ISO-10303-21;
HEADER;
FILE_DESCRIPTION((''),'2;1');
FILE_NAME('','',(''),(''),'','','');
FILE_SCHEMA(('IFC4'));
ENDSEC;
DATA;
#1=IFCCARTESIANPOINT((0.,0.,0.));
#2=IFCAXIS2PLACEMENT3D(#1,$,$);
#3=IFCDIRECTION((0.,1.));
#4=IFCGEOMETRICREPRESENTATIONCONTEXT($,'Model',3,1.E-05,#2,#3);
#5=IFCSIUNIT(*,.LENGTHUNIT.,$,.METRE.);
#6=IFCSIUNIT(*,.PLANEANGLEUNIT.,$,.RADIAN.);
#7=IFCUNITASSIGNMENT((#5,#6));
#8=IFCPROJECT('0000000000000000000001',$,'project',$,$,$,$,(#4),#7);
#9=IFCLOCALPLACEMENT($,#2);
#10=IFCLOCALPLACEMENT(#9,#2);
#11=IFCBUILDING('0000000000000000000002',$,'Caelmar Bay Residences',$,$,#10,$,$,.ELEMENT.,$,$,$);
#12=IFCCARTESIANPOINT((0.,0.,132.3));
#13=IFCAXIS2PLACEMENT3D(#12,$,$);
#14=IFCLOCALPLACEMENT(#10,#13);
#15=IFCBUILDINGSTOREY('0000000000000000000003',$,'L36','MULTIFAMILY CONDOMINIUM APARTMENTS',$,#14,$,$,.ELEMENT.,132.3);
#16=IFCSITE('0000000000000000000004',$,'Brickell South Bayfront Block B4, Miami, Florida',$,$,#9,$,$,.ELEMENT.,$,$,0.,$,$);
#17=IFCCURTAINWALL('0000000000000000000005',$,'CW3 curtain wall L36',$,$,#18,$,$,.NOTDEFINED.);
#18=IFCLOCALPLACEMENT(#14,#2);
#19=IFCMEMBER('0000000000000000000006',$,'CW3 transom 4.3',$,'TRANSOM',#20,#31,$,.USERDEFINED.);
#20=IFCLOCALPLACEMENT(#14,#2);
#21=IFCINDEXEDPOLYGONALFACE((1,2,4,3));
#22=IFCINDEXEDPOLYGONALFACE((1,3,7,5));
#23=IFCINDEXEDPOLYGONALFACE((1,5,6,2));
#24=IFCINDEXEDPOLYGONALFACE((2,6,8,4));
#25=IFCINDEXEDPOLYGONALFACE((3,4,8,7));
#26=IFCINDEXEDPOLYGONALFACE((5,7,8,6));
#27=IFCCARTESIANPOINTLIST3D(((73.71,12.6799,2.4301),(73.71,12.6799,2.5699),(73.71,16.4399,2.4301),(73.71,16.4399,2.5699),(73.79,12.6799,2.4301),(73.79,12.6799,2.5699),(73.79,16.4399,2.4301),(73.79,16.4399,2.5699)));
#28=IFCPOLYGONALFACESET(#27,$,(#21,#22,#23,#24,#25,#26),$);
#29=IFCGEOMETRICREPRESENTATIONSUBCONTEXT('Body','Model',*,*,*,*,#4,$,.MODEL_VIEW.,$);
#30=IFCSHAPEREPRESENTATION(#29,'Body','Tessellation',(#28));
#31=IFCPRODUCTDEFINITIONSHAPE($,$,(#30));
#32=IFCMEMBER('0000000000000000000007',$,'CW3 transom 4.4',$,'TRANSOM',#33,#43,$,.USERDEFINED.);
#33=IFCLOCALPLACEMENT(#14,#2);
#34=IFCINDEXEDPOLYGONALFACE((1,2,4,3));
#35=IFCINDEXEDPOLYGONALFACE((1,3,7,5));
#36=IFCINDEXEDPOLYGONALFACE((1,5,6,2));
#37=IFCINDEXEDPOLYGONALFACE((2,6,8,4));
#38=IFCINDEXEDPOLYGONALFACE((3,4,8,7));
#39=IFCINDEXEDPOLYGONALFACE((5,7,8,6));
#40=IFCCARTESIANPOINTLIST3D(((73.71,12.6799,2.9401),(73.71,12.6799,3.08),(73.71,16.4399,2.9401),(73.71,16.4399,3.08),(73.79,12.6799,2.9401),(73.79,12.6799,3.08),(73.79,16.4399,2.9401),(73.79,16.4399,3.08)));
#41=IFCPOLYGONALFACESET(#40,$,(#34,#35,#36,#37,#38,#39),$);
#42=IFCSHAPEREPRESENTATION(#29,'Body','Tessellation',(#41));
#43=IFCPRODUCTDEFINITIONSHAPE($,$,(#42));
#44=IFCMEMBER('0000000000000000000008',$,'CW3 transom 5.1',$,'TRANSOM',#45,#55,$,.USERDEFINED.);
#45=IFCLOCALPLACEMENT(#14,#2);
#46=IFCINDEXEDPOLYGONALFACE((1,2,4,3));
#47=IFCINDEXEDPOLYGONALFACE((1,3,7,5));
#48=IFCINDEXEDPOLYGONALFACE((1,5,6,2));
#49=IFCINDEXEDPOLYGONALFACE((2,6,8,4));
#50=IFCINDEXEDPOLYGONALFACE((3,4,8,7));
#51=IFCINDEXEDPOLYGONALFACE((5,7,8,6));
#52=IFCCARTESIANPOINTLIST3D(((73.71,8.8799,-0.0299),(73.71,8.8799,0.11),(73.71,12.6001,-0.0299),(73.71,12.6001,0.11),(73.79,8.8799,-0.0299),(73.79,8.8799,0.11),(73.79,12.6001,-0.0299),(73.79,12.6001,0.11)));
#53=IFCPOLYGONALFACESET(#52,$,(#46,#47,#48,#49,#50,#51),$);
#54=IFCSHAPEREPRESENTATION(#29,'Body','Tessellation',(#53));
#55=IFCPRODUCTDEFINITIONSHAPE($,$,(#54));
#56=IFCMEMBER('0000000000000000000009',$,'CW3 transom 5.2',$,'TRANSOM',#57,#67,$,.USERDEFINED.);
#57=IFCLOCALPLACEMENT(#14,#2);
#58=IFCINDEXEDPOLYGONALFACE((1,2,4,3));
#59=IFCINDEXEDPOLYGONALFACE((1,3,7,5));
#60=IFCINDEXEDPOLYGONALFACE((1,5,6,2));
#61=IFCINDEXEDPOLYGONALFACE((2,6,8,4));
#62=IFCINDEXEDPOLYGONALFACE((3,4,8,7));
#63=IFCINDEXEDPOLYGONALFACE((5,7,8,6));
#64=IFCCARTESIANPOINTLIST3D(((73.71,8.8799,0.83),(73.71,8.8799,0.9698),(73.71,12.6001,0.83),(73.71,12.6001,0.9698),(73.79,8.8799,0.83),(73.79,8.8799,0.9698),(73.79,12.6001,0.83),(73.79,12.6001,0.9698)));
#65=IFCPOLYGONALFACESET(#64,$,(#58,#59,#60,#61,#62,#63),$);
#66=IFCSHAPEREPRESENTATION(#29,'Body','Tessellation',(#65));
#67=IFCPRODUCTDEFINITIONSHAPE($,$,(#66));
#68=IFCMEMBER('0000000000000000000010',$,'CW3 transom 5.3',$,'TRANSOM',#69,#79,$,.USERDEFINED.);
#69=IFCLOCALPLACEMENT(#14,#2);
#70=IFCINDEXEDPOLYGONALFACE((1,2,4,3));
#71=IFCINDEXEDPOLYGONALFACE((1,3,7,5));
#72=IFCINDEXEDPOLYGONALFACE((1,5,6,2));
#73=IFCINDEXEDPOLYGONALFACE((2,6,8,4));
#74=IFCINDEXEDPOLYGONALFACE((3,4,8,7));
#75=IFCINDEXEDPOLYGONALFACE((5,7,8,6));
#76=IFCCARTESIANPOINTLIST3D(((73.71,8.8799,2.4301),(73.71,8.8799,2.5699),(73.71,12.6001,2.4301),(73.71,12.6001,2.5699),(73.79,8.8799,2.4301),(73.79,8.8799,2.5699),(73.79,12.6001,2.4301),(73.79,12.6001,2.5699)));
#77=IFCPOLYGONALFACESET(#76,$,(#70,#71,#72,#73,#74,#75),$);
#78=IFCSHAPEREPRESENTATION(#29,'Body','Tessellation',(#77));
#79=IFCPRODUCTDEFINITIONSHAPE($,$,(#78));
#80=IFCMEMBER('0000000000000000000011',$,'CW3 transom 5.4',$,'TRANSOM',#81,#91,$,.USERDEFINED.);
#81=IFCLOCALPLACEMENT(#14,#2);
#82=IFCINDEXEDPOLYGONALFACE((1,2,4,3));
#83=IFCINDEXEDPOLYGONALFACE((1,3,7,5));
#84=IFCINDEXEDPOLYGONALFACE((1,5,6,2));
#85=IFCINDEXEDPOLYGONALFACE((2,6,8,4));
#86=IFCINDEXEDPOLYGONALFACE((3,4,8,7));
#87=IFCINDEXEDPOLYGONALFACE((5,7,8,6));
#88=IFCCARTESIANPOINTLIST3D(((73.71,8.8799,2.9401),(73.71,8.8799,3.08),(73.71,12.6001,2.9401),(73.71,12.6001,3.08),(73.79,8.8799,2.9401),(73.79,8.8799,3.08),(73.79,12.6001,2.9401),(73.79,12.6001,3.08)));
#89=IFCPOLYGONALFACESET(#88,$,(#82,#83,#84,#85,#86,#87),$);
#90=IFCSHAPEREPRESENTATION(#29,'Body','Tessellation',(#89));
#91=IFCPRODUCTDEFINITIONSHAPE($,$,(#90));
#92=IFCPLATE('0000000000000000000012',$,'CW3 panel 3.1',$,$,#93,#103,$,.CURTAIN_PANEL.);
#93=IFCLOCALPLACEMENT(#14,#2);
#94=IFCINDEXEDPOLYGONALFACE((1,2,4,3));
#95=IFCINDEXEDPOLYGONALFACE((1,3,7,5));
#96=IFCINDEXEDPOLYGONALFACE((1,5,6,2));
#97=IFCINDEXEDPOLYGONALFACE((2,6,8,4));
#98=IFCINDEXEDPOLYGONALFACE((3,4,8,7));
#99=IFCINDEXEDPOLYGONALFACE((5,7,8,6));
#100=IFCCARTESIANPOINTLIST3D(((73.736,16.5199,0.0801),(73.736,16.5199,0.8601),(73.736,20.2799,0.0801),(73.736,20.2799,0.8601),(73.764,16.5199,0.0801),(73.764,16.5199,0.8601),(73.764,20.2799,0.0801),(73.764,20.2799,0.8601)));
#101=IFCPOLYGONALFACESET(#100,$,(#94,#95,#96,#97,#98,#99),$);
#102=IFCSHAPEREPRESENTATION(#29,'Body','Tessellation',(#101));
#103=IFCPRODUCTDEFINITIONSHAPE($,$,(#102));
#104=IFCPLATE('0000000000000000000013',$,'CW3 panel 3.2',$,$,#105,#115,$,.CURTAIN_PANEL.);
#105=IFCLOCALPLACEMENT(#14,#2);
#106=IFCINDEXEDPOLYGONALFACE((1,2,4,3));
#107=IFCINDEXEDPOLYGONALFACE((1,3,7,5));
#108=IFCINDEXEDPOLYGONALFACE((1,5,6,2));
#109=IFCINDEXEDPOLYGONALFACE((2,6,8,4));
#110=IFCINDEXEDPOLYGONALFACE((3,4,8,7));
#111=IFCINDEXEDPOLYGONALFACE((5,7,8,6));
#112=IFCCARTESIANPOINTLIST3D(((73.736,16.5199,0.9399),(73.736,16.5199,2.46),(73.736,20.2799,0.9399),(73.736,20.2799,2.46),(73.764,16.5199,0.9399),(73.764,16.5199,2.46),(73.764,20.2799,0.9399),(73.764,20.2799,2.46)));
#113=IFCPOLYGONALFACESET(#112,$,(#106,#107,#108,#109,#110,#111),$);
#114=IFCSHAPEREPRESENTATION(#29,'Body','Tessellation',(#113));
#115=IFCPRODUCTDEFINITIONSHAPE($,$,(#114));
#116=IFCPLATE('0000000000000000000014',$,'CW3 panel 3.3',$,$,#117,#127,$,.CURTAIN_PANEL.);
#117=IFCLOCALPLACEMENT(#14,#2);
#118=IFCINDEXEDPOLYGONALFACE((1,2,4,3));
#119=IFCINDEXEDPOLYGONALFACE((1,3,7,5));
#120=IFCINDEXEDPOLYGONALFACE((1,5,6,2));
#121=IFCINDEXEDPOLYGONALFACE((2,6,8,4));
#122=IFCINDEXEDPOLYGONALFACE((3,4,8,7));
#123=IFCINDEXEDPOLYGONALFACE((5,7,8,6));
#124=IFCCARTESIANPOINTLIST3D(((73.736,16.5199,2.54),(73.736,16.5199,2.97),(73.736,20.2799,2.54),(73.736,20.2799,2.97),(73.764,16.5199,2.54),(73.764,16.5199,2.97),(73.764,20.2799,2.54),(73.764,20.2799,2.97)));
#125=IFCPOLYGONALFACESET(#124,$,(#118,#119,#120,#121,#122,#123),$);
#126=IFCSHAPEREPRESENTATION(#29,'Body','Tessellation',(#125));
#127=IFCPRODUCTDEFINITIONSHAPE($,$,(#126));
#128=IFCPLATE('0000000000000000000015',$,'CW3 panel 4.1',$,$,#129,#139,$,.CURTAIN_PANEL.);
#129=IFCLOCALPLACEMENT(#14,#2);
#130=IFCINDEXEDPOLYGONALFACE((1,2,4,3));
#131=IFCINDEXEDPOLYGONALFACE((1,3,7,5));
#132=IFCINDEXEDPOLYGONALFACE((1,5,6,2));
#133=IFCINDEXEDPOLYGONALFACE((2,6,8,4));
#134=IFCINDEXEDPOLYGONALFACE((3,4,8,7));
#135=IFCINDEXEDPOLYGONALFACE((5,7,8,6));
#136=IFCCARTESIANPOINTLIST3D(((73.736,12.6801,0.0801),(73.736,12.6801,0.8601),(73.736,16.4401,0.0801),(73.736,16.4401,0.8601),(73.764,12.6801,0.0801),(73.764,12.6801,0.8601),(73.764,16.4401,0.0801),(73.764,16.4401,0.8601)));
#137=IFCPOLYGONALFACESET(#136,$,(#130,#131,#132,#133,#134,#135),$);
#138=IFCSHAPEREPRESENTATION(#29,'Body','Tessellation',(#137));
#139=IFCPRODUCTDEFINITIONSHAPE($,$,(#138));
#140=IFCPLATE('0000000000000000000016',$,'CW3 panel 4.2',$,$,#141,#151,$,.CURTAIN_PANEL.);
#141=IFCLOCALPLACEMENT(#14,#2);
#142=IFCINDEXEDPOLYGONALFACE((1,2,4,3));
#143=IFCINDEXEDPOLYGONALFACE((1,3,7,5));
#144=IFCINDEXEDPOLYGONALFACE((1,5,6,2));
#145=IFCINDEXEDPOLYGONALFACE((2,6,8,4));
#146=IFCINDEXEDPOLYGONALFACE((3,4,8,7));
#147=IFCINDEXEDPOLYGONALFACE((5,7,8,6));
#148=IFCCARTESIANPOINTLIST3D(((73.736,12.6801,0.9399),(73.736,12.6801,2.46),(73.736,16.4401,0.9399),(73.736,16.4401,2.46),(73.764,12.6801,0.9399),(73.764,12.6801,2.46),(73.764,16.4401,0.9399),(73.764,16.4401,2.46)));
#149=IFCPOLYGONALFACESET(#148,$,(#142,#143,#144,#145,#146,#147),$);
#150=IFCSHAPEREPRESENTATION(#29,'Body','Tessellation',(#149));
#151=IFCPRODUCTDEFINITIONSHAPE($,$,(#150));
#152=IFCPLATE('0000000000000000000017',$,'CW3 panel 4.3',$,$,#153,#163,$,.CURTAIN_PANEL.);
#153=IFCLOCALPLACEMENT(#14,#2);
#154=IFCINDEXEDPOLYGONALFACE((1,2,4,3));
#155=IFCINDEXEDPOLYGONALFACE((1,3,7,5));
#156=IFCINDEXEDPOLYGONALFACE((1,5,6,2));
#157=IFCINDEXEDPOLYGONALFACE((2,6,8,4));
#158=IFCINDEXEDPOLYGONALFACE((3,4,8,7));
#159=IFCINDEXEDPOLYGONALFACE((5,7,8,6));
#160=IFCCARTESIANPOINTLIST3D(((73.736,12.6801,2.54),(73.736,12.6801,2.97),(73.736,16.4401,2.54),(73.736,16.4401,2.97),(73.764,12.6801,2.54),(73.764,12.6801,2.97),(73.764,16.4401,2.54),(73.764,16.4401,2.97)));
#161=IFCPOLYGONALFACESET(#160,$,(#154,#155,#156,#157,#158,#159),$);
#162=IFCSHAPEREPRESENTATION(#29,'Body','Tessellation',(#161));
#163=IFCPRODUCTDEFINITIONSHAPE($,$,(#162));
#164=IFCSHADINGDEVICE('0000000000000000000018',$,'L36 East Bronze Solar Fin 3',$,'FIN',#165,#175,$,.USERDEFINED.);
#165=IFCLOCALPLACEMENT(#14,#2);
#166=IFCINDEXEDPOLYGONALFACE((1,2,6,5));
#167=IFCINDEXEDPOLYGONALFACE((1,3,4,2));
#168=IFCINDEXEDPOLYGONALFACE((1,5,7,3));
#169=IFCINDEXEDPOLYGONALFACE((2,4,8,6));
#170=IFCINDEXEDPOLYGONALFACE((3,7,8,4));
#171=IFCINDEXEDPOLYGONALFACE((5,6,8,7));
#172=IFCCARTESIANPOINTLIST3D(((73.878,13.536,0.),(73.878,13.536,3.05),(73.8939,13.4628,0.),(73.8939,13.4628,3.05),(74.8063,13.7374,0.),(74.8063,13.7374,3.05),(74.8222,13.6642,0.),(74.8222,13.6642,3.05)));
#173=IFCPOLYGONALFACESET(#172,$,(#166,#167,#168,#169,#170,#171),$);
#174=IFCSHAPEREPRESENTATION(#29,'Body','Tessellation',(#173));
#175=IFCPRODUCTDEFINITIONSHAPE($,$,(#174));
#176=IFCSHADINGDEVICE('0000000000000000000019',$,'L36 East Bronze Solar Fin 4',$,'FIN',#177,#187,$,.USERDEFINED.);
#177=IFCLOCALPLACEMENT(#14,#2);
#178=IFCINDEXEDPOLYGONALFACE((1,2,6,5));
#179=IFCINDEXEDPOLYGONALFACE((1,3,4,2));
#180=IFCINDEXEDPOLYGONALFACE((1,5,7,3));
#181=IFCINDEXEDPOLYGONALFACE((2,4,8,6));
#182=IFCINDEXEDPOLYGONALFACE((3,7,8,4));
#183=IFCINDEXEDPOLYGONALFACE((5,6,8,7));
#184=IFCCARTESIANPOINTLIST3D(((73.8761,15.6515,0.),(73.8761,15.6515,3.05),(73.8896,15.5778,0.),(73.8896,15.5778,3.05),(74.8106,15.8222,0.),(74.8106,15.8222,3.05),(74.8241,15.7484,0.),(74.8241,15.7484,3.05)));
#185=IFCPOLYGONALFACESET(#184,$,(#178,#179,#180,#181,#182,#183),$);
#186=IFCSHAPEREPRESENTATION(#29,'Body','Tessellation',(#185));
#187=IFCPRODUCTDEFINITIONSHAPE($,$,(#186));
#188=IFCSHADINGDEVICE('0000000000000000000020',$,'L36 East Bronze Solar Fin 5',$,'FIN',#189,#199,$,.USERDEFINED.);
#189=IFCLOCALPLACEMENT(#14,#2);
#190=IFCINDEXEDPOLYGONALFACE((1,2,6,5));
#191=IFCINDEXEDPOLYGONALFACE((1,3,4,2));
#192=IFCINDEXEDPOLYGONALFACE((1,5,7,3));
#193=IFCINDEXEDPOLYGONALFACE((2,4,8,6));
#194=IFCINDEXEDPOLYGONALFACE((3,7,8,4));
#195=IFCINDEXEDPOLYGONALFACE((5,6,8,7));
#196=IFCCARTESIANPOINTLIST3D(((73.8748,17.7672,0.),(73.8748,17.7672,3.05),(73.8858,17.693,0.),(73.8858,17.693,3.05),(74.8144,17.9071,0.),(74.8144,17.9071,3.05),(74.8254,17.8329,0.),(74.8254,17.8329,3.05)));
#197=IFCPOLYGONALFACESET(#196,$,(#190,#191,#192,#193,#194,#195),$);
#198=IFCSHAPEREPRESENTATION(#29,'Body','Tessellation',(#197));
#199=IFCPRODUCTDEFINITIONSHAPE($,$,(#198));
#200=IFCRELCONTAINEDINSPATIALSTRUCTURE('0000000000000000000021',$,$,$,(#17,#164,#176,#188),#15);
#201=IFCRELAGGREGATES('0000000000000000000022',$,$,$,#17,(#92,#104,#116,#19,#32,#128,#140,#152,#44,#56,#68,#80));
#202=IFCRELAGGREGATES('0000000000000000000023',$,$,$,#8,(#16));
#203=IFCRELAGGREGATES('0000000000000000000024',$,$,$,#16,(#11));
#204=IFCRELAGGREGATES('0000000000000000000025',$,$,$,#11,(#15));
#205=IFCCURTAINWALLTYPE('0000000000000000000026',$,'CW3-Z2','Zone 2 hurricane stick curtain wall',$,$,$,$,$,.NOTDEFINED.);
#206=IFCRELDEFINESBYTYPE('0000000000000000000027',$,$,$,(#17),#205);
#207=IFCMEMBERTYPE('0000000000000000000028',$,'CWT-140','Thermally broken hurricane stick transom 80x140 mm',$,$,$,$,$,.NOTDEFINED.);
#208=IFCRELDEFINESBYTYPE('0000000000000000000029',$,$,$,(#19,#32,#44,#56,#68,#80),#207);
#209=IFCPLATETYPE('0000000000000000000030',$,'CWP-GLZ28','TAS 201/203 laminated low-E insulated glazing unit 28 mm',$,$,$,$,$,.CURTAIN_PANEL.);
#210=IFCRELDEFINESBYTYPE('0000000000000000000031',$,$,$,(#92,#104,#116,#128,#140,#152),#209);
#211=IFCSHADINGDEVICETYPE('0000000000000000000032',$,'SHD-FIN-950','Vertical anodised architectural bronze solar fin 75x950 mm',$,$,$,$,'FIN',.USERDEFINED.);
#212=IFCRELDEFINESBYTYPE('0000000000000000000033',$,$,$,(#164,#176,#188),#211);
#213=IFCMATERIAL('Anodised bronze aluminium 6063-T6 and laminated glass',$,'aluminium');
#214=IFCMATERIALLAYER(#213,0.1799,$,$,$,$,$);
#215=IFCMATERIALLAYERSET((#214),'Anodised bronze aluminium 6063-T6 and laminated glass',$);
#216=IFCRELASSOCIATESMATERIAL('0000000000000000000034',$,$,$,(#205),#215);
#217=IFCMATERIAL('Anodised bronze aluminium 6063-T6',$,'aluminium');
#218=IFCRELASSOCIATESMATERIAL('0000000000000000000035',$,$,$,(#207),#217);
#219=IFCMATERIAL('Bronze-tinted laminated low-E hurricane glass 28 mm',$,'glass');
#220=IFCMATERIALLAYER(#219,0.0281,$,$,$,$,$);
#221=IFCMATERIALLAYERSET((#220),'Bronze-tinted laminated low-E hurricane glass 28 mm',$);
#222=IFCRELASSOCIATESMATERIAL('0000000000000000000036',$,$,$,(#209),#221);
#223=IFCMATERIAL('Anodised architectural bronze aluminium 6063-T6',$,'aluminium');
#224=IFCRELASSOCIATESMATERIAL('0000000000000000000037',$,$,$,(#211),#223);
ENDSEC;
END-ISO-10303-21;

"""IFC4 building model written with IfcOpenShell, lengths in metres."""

from ifc_helpers import new_model, si_unit, direction, frame, origin, origin_2d, place, context, subcontext, project, spatial, rectangle, extrude, material, layer, layer_set, material_profile, profile_set, type_object, element, aggregate, save


model = new_model("IFC4")

# Units and contexts
model_context = context("Model", 3, precision=1e-05, world=origin(), true_north=direction((0.0, 1.0)))
body_context = subcontext(model_context, "Body", "Model", "MODEL_VIEW")
ifc_project = project(units=[si_unit("LENGTHUNIT", "METRE"), si_unit("PLANEANGLEUNIT", "RADIAN")], contexts=[model_context])

# Site, building, storey
site_placement = place(None, origin())
site = spatial("IfcSite", under=ifc_project, at=site_placement, Name="Brickell South Bayfront Block B4, Miami, Florida", CompositionType="ELEMENT", RefElevation=0.0)
building_placement = place(site_placement, origin())
building = spatial("IfcBuilding", under=site, at=building_placement, Name="Caelmar Bay Residences", CompositionType="ELEMENT")
storey_placement = place(building_placement, frame((0.0, 0.0, 132.3)))
storey = spatial("IfcBuildingStorey", under=building, at=storey_placement, Name="L36", Description="MULTIFAMILY CONDOMINIUM APARTMENTS", CompositionType="ELEMENT", Elevation=132.3)

# Curtain wall, members, plates
ifc_material_1 = material(Name="Anodised bronze aluminium 6063-T6 and laminated glass", Category="aluminium")
ifc_layer_1 = layer(ifc_material_1, 0.1799)
ifc_layer_set_1 = layer_set([ifc_layer_1], Name="Anodised bronze aluminium 6063-T6 and laminated glass")
curtain_wall_type = type_object("IfcCurtainWallType", Name="CW3-Z2", Description="Zone 2 hurricane stick curtain wall", PredefinedType="NOTDEFINED", material=ifc_layer_set_1)
curtain_wall_placement = place(storey_placement, origin())
curtain_wall = element("IfcCurtainWall", 1, at=curtain_wall_placement, inside=storey, type_object=curtain_wall_type, Name="CW3 curtain wall L36", PredefinedType="NOTDEFINED")
ifc_material_2 = material(Name="Anodised bronze aluminium 6063-T6", Category="aluminium")
ifc_material_profile_1 = material_profile(ifc_material_2, rectangle(XDim=0.0801, YDim=0.1399, at=origin_2d()), Name="CWT-80X140")
ifc_profile_set_1 = profile_set([ifc_material_profile_1], Name="Anodised bronze aluminium 6063-T6")
member_type_1 = type_object("IfcMemberType", Name="CWT-140", Description="Thermally broken hurricane stick transom 80x140 mm", PredefinedType="NOTDEFINED", material=ifc_profile_set_1)
member_1_placement = place(storey_placement, frame((73.75, 16.4399, 2.5), z_axis=(0.0, -1.0, 0.0), x_axis=(1.0, 0.0, 0.0)))
member_1 = element("IfcMember", 2, at=member_1_placement, type_object=member_type_1, Name="CW3 transom 4.3", ObjectType="TRANSOM", PredefinedType="USERDEFINED", context=body_context, shape_type="SweptSolid", body=[
    extrude(rectangle(XDim=0.0801, YDim=0.1399, at=origin_2d()), origin(), (0.0, 0.0, 1.0), 3.76),
])
member_2_placement = place(storey_placement, frame((73.75, 16.4399, 3.01), z_axis=(0.0, -1.0, 0.0), x_axis=(1.0, 0.0, 0.0)))
member_2 = element("IfcMember", 3, at=member_2_placement, type_object=member_type_1, Name="CW3 transom 4.4", ObjectType="TRANSOM", PredefinedType="USERDEFINED", context=body_context, shape_type="SweptSolid", body=[
    extrude(rectangle(XDim=0.0801, YDim=0.1399, at=origin_2d()), origin(), (0.0, 0.0, 1.0), 3.76),
])
member_3_placement = place(storey_placement, frame((73.75, 12.6001, 0.04), z_axis=(0.0, -1.0, 0.0), x_axis=(1.0, 0.0, 0.0)))
member_3 = element("IfcMember", 4, at=member_3_placement, type_object=member_type_1, Name="CW3 transom 5.1", ObjectType="TRANSOM", PredefinedType="USERDEFINED", context=body_context, shape_type="SweptSolid", body=[
    extrude(rectangle(XDim=0.0801, YDim=0.1399, at=origin_2d()), origin(), (0.0, 0.0, 1.0), 3.7202),
])
member_4_placement = place(storey_placement, frame((73.75, 12.6001, 0.8999), z_axis=(0.0, -1.0, 0.0), x_axis=(1.0, 0.0, 0.0)))
member_4 = element("IfcMember", 5, at=member_4_placement, type_object=member_type_1, Name="CW3 transom 5.2", ObjectType="TRANSOM", PredefinedType="USERDEFINED", context=body_context, shape_type="SweptSolid", body=[
    extrude(rectangle(XDim=0.0801, YDim=0.1399, at=origin_2d()), origin(), (0.0, 0.0, 1.0), 3.7202),
])
member_5_placement = place(storey_placement, frame((73.75, 12.6001, 2.5), z_axis=(0.0, -1.0, 0.0), x_axis=(1.0, 0.0, 0.0)))
member_5 = element("IfcMember", 6, at=member_5_placement, type_object=member_type_1, Name="CW3 transom 5.3", ObjectType="TRANSOM", PredefinedType="USERDEFINED", context=body_context, shape_type="SweptSolid", body=[
    extrude(rectangle(XDim=0.0801, YDim=0.1399, at=origin_2d()), origin(), (0.0, 0.0, 1.0), 3.7202),
])
member_6_placement = place(storey_placement, frame((73.75, 12.6001, 3.01), z_axis=(0.0, -1.0, 0.0), x_axis=(1.0, 0.0, 0.0)))
member_6 = element("IfcMember", 7, at=member_6_placement, type_object=member_type_1, Name="CW3 transom 5.4", ObjectType="TRANSOM", PredefinedType="USERDEFINED", context=body_context, shape_type="SweptSolid", body=[
    extrude(rectangle(XDim=0.0801, YDim=0.1399, at=origin_2d()), origin(), (0.0, 0.0, 1.0), 3.7202),
])
ifc_material_3 = material(Name="Bronze-tinted laminated low-E hurricane glass 28 mm", Category="glass")
ifc_layer_2 = layer(ifc_material_3, 0.0281)
ifc_layer_set_2 = layer_set([ifc_layer_2], Name="Bronze-tinted laminated low-E hurricane glass 28 mm")
plate_type = type_object("IfcPlateType", Name="CWP-GLZ28", Description="TAS 201/203 laminated low-E insulated glazing unit 28 mm", PredefinedType="CURTAIN_PANEL", material=ifc_layer_set_2)
plate_1_placement = place(storey_placement, frame((73.75, 18.3999, 0.0801), z_axis=(0.0, 0.0, 1.0), x_axis=(0.0, -1.0, 0.0)))
plate_1 = element("IfcPlate", 8, at=plate_1_placement, type_object=plate_type, Name="CW3 panel 3.1", PredefinedType="CURTAIN_PANEL", context=body_context, shape_type="SweptSolid", body=[
    extrude(rectangle(XDim=3.76, YDim=0.0281, at=origin_2d()), origin(), (0.0, 0.0, 1.0), 0.78),
])
plate_2_placement = place(storey_placement, frame((73.75, 18.3999, 0.9399), z_axis=(0.0, 0.0, 1.0), x_axis=(0.0, -1.0, 0.0)))
plate_2 = element("IfcPlate", 9, at=plate_2_placement, type_object=plate_type, Name="CW3 panel 3.2", PredefinedType="CURTAIN_PANEL", context=body_context, shape_type="SweptSolid", body=[
    extrude(rectangle(XDim=3.76, YDim=0.0281, at=origin_2d()), origin(), (0.0, 0.0, 1.0), 1.52),
])
plate_3_placement = place(storey_placement, frame((73.75, 18.3999, 2.54), z_axis=(0.0, 0.0, 1.0), x_axis=(0.0, -1.0, 0.0)))
plate_3 = element("IfcPlate", 10, at=plate_3_placement, type_object=plate_type, Name="CW3 panel 3.3", PredefinedType="CURTAIN_PANEL", context=body_context, shape_type="SweptSolid", body=[
    extrude(rectangle(XDim=3.76, YDim=0.0281, at=origin_2d()), origin(), (0.0, 0.0, 1.0), 0.4299),
])
plate_4_placement = place(storey_placement, frame((73.75, 14.5601, 0.0801), z_axis=(0.0, 0.0, 1.0), x_axis=(0.0, -1.0, 0.0)))
plate_4 = element("IfcPlate", 11, at=plate_4_placement, type_object=plate_type, Name="CW3 panel 4.1", PredefinedType="CURTAIN_PANEL", context=body_context, shape_type="SweptSolid", body=[
    extrude(rectangle(XDim=3.76, YDim=0.0281, at=origin_2d()), origin(), (0.0, 0.0, 1.0), 0.78),
])
plate_5_placement = place(storey_placement, frame((73.75, 14.5601, 0.9399), z_axis=(0.0, 0.0, 1.0), x_axis=(0.0, -1.0, 0.0)))
plate_5 = element("IfcPlate", 12, at=plate_5_placement, type_object=plate_type, Name="CW3 panel 4.2", PredefinedType="CURTAIN_PANEL", context=body_context, shape_type="SweptSolid", body=[
    extrude(rectangle(XDim=3.76, YDim=0.0281, at=origin_2d()), origin(), (0.0, 0.0, 1.0), 1.52),
])
plate_6_placement = place(storey_placement, frame((73.75, 14.5601, 2.54), z_axis=(0.0, 0.0, 1.0), x_axis=(0.0, -1.0, 0.0)))
plate_6 = element("IfcPlate", 13, at=plate_6_placement, type_object=plate_type, Name="CW3 panel 4.3", PredefinedType="CURTAIN_PANEL", context=body_context, shape_type="SweptSolid", body=[
    extrude(rectangle(XDim=3.76, YDim=0.0281, at=origin_2d()), origin(), (0.0, 0.0, 1.0), 0.4299),
])
aggregate(curtain_wall, [plate_1, plate_2, plate_3, member_1, member_2, plate_4, plate_5, plate_6, member_3, member_4, member_5, member_6])

# Shading devices
ifc_material_4 = material(Name="Anodised architectural bronze aluminium 6063-T6", Category="aluminium")
ifc_material_profile_2 = material_profile(ifc_material_4, rectangle(XDim=0.075, YDim=0.95, at=origin_2d()), Name="BRONZE-FIN-75X950")
ifc_profile_set_2 = profile_set([ifc_material_profile_2], Name="Anodised architectural bronze aluminium 6063-T6")
shading_device_type = type_object("IfcShadingDeviceType", Name="SHD-FIN-950", Description="Vertical anodised architectural bronze solar fin 75x950 mm", ElementType="FIN", PredefinedType="USERDEFINED", material=ifc_profile_set_2)
for number, where, z_axis, x_axis, name in (
    (14, (74.3501, 13.6001, 0.0), (0.0, 0.0, 1.0), (-0.212007, 0.977268, 0.0), "L36 East Bronze Solar Fin 3"),
    (15, (74.3501, 15.7, 0.0), (0.0, 0.0, 1.0), (-0.179661, 0.983729, 0.0), "L36 East Bronze Solar Fin 4"),
    (16, (74.3501, 17.8, 0.0), (0.0, 0.0, 1.0), (-0.147292, 0.989093, 0.0), "L36 East Bronze Solar Fin 5"),
):
    element("IfcShadingDevice", number, at=place(storey_placement, frame(where, z_axis=z_axis, x_axis=x_axis)), inside=storey, type_object=shading_device_type, Name=name, ObjectType="FIN", PredefinedType="USERDEFINED", context=body_context, shape_type="SweptSolid", body=[
        extrude(rectangle(XDim=0.075, YDim=0.95, at=origin_2d()), origin(), (0.0, 0.0, 1.0), 3.05),
    ])

save(model, "model.ifc")
